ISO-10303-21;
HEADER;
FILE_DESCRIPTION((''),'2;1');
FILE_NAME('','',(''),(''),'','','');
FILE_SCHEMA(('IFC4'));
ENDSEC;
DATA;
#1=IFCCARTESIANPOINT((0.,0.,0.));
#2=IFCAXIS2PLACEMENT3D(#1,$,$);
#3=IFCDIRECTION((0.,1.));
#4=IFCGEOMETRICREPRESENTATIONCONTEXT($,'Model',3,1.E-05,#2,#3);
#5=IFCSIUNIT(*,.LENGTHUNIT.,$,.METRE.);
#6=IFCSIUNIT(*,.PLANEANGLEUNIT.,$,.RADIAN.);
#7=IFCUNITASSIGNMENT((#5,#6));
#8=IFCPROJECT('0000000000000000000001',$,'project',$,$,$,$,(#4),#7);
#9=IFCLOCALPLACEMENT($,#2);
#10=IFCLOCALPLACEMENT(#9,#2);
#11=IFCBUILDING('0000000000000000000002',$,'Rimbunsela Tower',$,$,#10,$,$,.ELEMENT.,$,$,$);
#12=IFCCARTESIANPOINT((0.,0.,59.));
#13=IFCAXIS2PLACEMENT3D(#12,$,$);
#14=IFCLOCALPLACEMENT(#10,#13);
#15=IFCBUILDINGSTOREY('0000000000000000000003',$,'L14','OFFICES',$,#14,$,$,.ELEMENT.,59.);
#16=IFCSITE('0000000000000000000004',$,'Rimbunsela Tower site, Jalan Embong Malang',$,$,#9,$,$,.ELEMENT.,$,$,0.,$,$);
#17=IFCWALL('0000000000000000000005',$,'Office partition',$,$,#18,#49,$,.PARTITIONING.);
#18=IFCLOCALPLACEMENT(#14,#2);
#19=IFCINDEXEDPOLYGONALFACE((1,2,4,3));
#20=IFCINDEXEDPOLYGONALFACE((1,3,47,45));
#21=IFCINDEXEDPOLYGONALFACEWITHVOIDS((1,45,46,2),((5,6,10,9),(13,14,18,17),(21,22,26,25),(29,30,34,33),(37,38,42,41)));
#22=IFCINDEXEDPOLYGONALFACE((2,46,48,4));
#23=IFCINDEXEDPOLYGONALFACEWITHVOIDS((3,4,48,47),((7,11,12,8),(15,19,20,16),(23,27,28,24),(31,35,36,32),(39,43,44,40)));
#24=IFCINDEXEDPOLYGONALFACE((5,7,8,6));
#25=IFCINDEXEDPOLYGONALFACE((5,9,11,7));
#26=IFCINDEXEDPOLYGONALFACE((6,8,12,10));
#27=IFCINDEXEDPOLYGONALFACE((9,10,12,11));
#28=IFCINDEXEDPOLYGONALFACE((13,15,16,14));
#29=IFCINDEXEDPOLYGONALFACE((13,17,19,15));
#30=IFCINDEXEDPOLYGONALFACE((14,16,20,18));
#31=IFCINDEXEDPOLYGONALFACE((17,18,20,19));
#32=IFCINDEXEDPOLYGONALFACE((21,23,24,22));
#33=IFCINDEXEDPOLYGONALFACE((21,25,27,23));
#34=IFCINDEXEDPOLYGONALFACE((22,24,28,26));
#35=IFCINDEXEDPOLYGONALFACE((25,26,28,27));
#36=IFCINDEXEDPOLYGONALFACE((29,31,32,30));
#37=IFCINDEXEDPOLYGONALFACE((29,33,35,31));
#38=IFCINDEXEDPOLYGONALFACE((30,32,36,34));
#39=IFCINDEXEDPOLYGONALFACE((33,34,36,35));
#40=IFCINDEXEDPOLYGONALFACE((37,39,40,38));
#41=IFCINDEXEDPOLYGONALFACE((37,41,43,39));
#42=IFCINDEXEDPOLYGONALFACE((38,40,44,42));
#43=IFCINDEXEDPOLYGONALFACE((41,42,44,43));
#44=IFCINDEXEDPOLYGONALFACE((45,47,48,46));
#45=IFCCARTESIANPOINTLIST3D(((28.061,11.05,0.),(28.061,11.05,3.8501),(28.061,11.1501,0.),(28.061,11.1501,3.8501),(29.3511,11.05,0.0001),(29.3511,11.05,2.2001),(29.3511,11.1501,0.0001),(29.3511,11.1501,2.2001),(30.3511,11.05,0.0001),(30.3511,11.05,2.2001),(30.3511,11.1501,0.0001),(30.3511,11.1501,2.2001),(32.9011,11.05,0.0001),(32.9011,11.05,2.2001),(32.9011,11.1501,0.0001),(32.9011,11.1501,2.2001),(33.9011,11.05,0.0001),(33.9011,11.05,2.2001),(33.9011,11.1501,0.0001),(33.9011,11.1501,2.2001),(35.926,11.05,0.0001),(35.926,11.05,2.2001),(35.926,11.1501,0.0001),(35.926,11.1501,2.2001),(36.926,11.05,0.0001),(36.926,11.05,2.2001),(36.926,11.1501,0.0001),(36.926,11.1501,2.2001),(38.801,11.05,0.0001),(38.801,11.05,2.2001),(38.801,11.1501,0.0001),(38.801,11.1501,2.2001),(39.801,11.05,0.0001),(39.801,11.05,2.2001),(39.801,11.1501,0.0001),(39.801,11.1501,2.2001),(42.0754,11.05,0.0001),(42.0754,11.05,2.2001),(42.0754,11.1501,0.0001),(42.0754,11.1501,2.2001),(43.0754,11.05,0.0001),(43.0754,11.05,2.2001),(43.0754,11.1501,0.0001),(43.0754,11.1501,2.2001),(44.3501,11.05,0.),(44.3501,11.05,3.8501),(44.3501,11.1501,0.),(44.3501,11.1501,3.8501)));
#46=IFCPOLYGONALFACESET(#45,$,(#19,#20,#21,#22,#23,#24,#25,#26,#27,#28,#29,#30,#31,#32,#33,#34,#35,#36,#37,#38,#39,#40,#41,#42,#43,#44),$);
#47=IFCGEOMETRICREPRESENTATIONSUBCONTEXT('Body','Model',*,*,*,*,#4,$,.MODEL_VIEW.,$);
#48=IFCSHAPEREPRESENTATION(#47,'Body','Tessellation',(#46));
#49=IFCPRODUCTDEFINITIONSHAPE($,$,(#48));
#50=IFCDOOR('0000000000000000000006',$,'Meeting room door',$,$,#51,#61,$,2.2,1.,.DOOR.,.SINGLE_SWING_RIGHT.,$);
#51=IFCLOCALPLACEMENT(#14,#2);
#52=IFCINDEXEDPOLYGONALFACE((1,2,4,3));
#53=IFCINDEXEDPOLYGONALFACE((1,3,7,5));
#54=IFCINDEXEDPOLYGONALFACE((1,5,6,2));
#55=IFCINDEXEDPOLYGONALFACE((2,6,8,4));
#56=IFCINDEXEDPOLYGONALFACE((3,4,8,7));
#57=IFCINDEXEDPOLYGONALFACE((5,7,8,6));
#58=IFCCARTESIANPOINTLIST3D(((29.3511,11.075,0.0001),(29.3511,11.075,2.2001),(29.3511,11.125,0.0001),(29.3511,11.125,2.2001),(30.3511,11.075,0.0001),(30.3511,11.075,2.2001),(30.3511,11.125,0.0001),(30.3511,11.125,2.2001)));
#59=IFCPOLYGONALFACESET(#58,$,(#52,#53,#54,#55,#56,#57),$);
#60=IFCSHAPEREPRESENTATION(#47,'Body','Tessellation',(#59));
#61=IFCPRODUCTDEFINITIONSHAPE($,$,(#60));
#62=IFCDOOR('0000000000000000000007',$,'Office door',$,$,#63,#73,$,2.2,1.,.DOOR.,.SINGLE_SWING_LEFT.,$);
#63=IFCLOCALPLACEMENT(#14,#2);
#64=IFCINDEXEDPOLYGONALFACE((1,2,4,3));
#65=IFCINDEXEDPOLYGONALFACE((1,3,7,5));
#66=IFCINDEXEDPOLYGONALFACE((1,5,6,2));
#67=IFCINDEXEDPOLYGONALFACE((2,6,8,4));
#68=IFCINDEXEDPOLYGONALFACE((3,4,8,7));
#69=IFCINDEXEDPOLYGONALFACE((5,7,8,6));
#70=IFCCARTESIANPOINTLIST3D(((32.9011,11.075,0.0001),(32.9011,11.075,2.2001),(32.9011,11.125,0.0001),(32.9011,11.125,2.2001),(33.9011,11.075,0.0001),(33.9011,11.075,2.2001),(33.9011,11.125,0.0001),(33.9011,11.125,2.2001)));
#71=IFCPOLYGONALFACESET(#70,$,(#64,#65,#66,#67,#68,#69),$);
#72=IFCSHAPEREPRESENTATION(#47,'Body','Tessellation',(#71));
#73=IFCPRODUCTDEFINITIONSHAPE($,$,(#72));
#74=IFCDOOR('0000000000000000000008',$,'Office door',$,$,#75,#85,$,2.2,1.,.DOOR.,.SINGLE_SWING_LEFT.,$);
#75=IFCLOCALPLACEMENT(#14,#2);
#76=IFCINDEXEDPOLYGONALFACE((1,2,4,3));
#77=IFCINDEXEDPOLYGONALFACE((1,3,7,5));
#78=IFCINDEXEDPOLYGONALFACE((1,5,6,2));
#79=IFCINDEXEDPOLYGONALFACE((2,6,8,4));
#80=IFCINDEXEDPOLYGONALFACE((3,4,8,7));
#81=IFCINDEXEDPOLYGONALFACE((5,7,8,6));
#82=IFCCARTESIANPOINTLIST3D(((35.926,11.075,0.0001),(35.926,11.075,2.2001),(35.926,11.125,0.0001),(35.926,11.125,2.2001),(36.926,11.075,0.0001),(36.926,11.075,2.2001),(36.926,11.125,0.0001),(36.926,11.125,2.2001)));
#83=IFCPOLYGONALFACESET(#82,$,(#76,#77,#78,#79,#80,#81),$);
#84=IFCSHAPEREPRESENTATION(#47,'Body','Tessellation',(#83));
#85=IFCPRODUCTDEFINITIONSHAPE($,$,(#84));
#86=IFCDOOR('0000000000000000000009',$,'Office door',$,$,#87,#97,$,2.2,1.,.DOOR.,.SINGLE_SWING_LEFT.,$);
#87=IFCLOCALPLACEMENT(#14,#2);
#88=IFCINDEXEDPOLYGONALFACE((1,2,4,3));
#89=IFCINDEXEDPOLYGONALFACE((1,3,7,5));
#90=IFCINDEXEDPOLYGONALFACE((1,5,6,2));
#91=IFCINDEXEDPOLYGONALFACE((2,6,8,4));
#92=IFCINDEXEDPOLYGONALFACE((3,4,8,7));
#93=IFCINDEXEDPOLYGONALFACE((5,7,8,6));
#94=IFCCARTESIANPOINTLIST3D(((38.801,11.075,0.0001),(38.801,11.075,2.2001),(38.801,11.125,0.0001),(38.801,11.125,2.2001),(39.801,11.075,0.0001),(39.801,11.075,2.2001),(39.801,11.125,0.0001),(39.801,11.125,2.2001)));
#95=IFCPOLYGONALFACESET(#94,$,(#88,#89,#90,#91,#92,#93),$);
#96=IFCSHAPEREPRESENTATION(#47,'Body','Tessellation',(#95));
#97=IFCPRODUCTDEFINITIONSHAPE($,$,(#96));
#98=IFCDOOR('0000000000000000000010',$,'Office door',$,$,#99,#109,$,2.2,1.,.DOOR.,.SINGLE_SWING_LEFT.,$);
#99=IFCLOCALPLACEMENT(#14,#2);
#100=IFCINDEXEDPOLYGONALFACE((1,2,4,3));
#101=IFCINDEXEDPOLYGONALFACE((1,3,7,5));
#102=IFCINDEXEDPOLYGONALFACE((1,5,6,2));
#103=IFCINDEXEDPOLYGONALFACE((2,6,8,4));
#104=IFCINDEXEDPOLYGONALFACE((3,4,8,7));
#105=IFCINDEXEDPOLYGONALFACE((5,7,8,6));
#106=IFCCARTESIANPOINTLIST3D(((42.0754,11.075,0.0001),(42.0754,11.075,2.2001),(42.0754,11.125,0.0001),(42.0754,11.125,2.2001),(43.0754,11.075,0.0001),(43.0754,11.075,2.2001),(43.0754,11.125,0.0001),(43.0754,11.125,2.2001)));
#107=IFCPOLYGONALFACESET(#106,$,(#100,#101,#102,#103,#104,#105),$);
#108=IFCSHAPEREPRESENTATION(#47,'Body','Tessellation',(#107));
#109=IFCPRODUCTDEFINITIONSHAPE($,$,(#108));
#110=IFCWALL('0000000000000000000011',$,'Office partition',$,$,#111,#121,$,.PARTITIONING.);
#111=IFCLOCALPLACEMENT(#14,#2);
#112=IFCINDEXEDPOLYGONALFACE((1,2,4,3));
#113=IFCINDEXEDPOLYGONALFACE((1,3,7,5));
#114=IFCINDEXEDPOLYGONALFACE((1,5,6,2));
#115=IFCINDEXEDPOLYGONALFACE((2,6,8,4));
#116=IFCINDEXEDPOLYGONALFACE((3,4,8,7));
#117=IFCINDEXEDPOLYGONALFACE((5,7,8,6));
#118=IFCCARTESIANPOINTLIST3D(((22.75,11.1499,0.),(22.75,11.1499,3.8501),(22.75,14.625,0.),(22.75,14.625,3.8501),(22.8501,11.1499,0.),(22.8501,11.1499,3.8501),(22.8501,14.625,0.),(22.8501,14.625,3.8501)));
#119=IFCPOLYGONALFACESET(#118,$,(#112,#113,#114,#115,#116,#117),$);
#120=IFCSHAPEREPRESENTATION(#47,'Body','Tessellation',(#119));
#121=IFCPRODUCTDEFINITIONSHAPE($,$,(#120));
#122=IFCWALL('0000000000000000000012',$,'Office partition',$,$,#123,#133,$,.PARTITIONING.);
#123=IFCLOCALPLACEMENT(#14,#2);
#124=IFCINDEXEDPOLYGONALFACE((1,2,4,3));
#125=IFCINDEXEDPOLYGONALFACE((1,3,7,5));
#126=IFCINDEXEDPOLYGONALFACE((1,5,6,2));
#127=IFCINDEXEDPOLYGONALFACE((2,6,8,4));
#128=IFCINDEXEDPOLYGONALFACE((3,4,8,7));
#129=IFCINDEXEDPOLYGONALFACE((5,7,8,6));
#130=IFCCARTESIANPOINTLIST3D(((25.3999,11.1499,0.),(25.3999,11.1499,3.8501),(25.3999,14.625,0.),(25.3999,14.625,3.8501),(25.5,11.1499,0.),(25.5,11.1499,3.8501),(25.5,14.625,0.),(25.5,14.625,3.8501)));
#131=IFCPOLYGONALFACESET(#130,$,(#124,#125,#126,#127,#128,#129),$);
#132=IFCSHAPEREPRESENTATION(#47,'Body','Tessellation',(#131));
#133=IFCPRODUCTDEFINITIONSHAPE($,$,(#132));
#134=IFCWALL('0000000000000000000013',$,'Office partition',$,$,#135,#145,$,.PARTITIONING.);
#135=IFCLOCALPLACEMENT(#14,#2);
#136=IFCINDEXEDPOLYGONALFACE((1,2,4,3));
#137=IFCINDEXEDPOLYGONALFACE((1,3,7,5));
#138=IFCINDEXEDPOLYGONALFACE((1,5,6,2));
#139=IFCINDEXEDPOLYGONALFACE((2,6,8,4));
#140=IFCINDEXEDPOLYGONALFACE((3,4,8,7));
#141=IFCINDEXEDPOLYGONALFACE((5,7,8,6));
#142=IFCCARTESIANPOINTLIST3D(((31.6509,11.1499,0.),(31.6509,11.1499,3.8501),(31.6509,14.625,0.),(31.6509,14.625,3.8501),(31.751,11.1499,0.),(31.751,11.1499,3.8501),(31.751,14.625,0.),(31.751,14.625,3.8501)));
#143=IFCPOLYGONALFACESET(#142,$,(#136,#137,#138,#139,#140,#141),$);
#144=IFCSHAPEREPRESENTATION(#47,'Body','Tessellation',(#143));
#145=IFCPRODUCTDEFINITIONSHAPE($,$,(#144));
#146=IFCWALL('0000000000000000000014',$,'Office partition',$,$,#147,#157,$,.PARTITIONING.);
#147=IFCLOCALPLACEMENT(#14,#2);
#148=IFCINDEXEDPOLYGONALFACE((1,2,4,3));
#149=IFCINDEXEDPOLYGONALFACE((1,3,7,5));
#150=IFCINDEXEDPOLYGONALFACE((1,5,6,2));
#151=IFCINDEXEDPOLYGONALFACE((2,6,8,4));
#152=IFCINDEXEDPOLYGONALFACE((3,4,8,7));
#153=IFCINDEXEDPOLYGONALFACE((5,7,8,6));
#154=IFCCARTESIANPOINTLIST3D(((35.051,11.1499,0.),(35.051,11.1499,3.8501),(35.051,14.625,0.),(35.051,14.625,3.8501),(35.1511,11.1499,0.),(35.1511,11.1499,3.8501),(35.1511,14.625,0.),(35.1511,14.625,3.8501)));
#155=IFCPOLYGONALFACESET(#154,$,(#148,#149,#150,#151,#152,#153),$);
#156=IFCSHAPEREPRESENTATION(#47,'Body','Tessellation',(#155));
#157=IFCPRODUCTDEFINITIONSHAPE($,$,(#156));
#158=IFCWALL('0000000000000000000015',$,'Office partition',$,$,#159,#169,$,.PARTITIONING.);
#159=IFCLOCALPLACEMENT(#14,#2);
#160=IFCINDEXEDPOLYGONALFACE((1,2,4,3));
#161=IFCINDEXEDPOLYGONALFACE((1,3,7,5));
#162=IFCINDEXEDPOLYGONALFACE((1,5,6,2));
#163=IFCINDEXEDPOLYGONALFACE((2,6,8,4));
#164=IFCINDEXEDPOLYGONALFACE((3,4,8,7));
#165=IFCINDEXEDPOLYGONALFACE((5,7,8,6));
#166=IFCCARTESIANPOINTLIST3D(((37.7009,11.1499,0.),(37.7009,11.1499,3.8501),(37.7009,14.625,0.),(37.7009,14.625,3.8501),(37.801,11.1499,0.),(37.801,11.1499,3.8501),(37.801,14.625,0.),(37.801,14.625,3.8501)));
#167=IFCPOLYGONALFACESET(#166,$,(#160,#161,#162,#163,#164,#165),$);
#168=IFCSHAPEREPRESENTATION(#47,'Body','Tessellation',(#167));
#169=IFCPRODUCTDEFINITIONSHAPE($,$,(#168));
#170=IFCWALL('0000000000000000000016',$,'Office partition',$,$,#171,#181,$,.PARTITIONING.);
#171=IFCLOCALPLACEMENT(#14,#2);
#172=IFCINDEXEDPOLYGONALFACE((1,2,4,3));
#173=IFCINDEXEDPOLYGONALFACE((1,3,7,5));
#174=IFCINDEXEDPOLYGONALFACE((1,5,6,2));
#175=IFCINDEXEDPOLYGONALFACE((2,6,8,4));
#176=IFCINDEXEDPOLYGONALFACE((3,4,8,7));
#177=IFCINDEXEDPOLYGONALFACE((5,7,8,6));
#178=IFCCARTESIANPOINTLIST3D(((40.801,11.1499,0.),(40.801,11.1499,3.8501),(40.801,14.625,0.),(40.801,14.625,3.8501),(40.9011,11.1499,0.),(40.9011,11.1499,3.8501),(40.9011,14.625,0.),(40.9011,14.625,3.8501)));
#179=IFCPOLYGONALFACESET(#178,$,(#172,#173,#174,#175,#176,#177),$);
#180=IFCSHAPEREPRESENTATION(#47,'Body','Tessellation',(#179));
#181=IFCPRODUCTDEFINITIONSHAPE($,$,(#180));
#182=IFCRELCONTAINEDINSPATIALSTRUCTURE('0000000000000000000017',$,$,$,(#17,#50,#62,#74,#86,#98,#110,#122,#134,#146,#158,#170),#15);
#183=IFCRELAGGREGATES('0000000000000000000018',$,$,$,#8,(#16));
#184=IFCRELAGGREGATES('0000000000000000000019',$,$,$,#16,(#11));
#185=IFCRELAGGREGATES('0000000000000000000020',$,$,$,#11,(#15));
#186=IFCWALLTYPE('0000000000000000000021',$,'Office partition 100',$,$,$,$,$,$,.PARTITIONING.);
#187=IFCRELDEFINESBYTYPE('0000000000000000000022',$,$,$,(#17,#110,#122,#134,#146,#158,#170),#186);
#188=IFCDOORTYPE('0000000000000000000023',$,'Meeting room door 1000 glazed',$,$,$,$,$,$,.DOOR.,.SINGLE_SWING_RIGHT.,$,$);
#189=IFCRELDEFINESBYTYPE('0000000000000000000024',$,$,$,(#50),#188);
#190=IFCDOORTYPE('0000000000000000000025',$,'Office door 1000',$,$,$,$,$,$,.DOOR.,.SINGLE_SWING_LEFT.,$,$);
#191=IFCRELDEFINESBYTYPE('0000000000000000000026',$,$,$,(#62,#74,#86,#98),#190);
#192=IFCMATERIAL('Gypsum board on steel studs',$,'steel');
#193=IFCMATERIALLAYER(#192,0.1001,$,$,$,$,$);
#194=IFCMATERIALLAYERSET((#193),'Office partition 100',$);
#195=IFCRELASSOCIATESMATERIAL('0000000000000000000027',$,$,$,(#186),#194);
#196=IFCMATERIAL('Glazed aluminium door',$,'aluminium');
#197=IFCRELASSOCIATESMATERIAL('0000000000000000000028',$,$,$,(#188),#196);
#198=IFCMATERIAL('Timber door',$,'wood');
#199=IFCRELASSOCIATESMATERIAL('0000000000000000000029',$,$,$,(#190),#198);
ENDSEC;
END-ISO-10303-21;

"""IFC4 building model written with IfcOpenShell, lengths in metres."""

from ifc_helpers import new_model, si_unit, direction, frame, frame_2d, origin, place, context, subcontext, project, spatial, rectangle, extrude, material, layer, layer_set, type_object, element, fill, save


model = new_model("IFC4")

# Units and contexts
model_context = context("Model", 3, precision=1e-05, world=origin(), true_north=direction((0.0, 1.0)))
body_context = subcontext(model_context, "Body", "Model", "MODEL_VIEW")
ifc_project = project(units=[si_unit("LENGTHUNIT", "METRE"), si_unit("PLANEANGLEUNIT", "RADIAN")], contexts=[model_context])

# Site, building, storey
site_placement = place(None, origin())
site = spatial("IfcSite", under=ifc_project, at=site_placement, Name="Rimbunsela Tower site, Jalan Embong Malang", CompositionType="ELEMENT", RefElevation=0.0)
building_placement = place(site_placement, origin())
building = spatial("IfcBuilding", under=site, at=building_placement, Name="Rimbunsela Tower", CompositionType="ELEMENT")
storey_placement = place(building_placement, frame((0.0, 0.0, 59.0)))
storey = spatial("IfcBuildingStorey", under=building, at=storey_placement, Name="L14", Description="OFFICES", CompositionType="ELEMENT", Elevation=59.0)

# Wall, openings, doors
ifc_material_1 = material(Name="Gypsum board on steel studs", Category="steel")
ifc_layer = layer(ifc_material_1, 0.1001)
ifc_layer_set = layer_set([ifc_layer], Name="Office partition 100")
wall_type = type_object("IfcWallType", Name="Office partition 100", PredefinedType="PARTITIONING", material=ifc_layer_set)
wall_placement = place(storey_placement, frame((28.061, 11.1001, 0.0), z_axis=(0.0, 0.0, 1.0), x_axis=(1.0, 0.0, 0.0)))
wall = element("IfcWall", 1, at=wall_placement, inside=storey, type_object=wall_type, Name="Office partition", PredefinedType="PARTITIONING", context=body_context, shape_type="SweptSolid", body=[
    extrude(rectangle(XDim=16.2891, YDim=0.1001, at=frame_2d((8.1445, 0.0))), origin(), (0.0, 0.0, 1.0), 3.8501),
])
opening_1_placement = place(wall_placement, frame((1.29, 0.0, 0.0)))
opening_1 = element("IfcOpeningElement", 2, at=opening_1_placement, cuts=wall, PredefinedType="OPENING", context=body_context, shape_type="SweptSolid", body=[
    extrude(rectangle(XDim=1.0, YDim=2.2, at=frame_2d((0.5, 1.1001))), frame((0.0, 0.0601, 0.0), z_axis=(0.0, -1.0, 0.0), x_axis=(1.0, 0.0, 0.0)), (0.0, 0.0, 1.0), 0.1201),
])
opening_2_placement = place(wall_placement, frame((4.8401, 0.0, 0.0)))
opening_2 = element("IfcOpeningElement", 3, at=opening_2_placement, cuts=wall, PredefinedType="OPENING", context=body_context, shape_type="SweptSolid", body=[
    extrude(rectangle(XDim=1.0, YDim=2.2, at=frame_2d((0.5, 1.1001))), frame((0.0, 0.0601, 0.0), z_axis=(0.0, -1.0, 0.0), x_axis=(1.0, 0.0, 0.0)), (0.0, 0.0, 1.0), 0.1201),
])
opening_3_placement = place(wall_placement, frame((7.865, 0.0, 0.0)))
opening_3 = element("IfcOpeningElement", 4, at=opening_3_placement, cuts=wall, PredefinedType="OPENING", context=body_context, shape_type="SweptSolid", body=[
    extrude(rectangle(XDim=1.0, YDim=2.2, at=frame_2d((0.5, 1.1001))), frame((0.0, 0.0601, 0.0), z_axis=(0.0, -1.0, 0.0), x_axis=(1.0, 0.0, 0.0)), (0.0, 0.0, 1.0), 0.1201),
])
opening_4_placement = place(wall_placement, frame((10.74, 0.0, 0.0)))
opening_4 = element("IfcOpeningElement", 5, at=opening_4_placement, cuts=wall, PredefinedType="OPENING", context=body_context, shape_type="SweptSolid", body=[
    extrude(rectangle(XDim=1.0, YDim=2.2, at=frame_2d((0.5, 1.1001))), frame((0.0, 0.0601, 0.0), z_axis=(0.0, -1.0, 0.0), x_axis=(1.0, 0.0, 0.0)), (0.0, 0.0, 1.0), 0.1201),
])
opening_5_placement = place(wall_placement, frame((14.0144, 0.0, 0.0)))
opening_5 = element("IfcOpeningElement", 6, at=opening_5_placement, cuts=wall, PredefinedType="OPENING", context=body_context, shape_type="SweptSolid", body=[
    extrude(rectangle(XDim=1.0, YDim=2.2, at=frame_2d((0.5, 1.1001))), frame((0.0, 0.0601, 0.0), z_axis=(0.0, -1.0, 0.0), x_axis=(1.0, 0.0, 0.0)), (0.0, 0.0, 1.0), 0.1201),
])
ifc_material_2 = material(Name="Glazed aluminium door", Category="aluminium")
door_type_1 = type_object("IfcDoorType", Name="Meeting room door 1000 glazed", OperationType="SINGLE_SWING_RIGHT", PredefinedType="DOOR", material=ifc_material_2)
door_1_placement = place(opening_1_placement, origin())
door_1 = element("IfcDoor", 7, at=door_1_placement, inside=storey, type_object=door_type_1, Name="Meeting room door", OperationType="SINGLE_SWING_RIGHT", OverallHeight=2.2, OverallWidth=1.0, PredefinedType="DOOR", context=body_context, shape_type="SweptSolid", body=[
    extrude(rectangle(XDim=1.0, YDim=2.2, at=frame_2d((0.5, 1.1001))), frame((0.0, 0.0249, 0.0), z_axis=(0.0, -1.0, 0.0), x_axis=(1.0, 0.0, 0.0)), (0.0, 0.0, 1.0), 0.05),
])
fill(opening_1, door_1)
ifc_material_3 = material(Name="Timber door", Category="wood")
door_type_2 = type_object("IfcDoorType", Name="Office door 1000", OperationType="SINGLE_SWING_LEFT", PredefinedType="DOOR", material=ifc_material_3)
door_2_placement = place(opening_2_placement, origin())
door_2 = element("IfcDoor", 8, at=door_2_placement, inside=storey, type_object=door_type_2, Name="Office door", OperationType="SINGLE_SWING_LEFT", OverallHeight=2.2, OverallWidth=1.0, PredefinedType="DOOR", context=body_context, shape_type="SweptSolid", body=[
    extrude(rectangle(XDim=1.0, YDim=2.2, at=frame_2d((0.5, 1.1001))), frame((0.0, 0.0249, 0.0), z_axis=(0.0, -1.0, 0.0), x_axis=(1.0, 0.0, 0.0)), (0.0, 0.0, 1.0), 0.05),
])
fill(opening_2, door_2)
door_3_placement = place(opening_3_placement, origin())
door_3 = element("IfcDoor", 9, at=door_3_placement, inside=storey, type_object=door_type_2, Name="Office door", OperationType="SINGLE_SWING_LEFT", OverallHeight=2.2, OverallWidth=1.0, PredefinedType="DOOR", context=body_context, shape_type="SweptSolid", body=[
    extrude(rectangle(XDim=1.0, YDim=2.2, at=frame_2d((0.5, 1.1001))), frame((0.0, 0.0249, 0.0), z_axis=(0.0, -1.0, 0.0), x_axis=(1.0, 0.0, 0.0)), (0.0, 0.0, 1.0), 0.05),
])
fill(opening_3, door_3)
door_4_placement = place(opening_4_placement, origin())
door_4 = element("IfcDoor", 10, at=door_4_placement, inside=storey, type_object=door_type_2, Name="Office door", OperationType="SINGLE_SWING_LEFT", OverallHeight=2.2, OverallWidth=1.0, PredefinedType="DOOR", context=body_context, shape_type="SweptSolid", body=[
    extrude(rectangle(XDim=1.0, YDim=2.2, at=frame_2d((0.5, 1.1001))), frame((0.0, 0.0249, 0.0), z_axis=(0.0, -1.0, 0.0), x_axis=(1.0, 0.0, 0.0)), (0.0, 0.0, 1.0), 0.05),
])
fill(opening_4, door_4)
door_5_placement = place(opening_5_placement, origin())
door_5 = element("IfcDoor", 11, at=door_5_placement, inside=storey, type_object=door_type_2, Name="Office door", OperationType="SINGLE_SWING_LEFT", OverallHeight=2.2, OverallWidth=1.0, PredefinedType="DOOR", context=body_context, shape_type="SweptSolid", body=[
    extrude(rectangle(XDim=1.0, YDim=2.2, at=frame_2d((0.5, 1.1001))), frame((0.0, 0.0249, 0.0), z_axis=(0.0, -1.0, 0.0), x_axis=(1.0, 0.0, 0.0)), (0.0, 0.0, 1.0), 0.05),
])
fill(opening_5, door_5)

# Walls
for number, where, z_axis, x_axis, name in (
    (12, (22.8, 11.1499, 0.0), (0.0, 0.0, 1.0), (0.0, 1.0, 0.0), "Office partition"),
    (13, (25.45, 11.1499, 0.0), (0.0, 0.0, 1.0), (0.0, 1.0, 0.0), "Office partition"),
    (14, (31.7009, 11.1499, 0.0), (0.0, 0.0, 1.0), (0.0, 1.0, 0.0), "Office partition"),
    (15, (35.1011, 11.1499, 0.0), (0.0, 0.0, 1.0), (0.0, 1.0, 0.0), "Office partition"),
    (16, (37.751, 11.1499, 0.0), (0.0, 0.0, 1.0), (0.0, 1.0, 0.0), "Office partition"),
    (17, (40.8511, 11.1499, 0.0), (0.0, 0.0, 1.0), (0.0, 1.0, 0.0), "Office partition"),
):
    element("IfcWall", number, at=place(storey_placement, frame(where, z_axis=z_axis, x_axis=x_axis)), inside=storey, type_object=wall_type, Name=name, PredefinedType="PARTITIONING", context=body_context, shape_type="SweptSolid", body=[
        extrude(rectangle(XDim=3.4751, YDim=0.1001, at=frame_2d((1.7375, 0.0))), origin(), (0.0, 0.0, 1.0), 3.8501),
    ])

save(model, "model.ifc")
